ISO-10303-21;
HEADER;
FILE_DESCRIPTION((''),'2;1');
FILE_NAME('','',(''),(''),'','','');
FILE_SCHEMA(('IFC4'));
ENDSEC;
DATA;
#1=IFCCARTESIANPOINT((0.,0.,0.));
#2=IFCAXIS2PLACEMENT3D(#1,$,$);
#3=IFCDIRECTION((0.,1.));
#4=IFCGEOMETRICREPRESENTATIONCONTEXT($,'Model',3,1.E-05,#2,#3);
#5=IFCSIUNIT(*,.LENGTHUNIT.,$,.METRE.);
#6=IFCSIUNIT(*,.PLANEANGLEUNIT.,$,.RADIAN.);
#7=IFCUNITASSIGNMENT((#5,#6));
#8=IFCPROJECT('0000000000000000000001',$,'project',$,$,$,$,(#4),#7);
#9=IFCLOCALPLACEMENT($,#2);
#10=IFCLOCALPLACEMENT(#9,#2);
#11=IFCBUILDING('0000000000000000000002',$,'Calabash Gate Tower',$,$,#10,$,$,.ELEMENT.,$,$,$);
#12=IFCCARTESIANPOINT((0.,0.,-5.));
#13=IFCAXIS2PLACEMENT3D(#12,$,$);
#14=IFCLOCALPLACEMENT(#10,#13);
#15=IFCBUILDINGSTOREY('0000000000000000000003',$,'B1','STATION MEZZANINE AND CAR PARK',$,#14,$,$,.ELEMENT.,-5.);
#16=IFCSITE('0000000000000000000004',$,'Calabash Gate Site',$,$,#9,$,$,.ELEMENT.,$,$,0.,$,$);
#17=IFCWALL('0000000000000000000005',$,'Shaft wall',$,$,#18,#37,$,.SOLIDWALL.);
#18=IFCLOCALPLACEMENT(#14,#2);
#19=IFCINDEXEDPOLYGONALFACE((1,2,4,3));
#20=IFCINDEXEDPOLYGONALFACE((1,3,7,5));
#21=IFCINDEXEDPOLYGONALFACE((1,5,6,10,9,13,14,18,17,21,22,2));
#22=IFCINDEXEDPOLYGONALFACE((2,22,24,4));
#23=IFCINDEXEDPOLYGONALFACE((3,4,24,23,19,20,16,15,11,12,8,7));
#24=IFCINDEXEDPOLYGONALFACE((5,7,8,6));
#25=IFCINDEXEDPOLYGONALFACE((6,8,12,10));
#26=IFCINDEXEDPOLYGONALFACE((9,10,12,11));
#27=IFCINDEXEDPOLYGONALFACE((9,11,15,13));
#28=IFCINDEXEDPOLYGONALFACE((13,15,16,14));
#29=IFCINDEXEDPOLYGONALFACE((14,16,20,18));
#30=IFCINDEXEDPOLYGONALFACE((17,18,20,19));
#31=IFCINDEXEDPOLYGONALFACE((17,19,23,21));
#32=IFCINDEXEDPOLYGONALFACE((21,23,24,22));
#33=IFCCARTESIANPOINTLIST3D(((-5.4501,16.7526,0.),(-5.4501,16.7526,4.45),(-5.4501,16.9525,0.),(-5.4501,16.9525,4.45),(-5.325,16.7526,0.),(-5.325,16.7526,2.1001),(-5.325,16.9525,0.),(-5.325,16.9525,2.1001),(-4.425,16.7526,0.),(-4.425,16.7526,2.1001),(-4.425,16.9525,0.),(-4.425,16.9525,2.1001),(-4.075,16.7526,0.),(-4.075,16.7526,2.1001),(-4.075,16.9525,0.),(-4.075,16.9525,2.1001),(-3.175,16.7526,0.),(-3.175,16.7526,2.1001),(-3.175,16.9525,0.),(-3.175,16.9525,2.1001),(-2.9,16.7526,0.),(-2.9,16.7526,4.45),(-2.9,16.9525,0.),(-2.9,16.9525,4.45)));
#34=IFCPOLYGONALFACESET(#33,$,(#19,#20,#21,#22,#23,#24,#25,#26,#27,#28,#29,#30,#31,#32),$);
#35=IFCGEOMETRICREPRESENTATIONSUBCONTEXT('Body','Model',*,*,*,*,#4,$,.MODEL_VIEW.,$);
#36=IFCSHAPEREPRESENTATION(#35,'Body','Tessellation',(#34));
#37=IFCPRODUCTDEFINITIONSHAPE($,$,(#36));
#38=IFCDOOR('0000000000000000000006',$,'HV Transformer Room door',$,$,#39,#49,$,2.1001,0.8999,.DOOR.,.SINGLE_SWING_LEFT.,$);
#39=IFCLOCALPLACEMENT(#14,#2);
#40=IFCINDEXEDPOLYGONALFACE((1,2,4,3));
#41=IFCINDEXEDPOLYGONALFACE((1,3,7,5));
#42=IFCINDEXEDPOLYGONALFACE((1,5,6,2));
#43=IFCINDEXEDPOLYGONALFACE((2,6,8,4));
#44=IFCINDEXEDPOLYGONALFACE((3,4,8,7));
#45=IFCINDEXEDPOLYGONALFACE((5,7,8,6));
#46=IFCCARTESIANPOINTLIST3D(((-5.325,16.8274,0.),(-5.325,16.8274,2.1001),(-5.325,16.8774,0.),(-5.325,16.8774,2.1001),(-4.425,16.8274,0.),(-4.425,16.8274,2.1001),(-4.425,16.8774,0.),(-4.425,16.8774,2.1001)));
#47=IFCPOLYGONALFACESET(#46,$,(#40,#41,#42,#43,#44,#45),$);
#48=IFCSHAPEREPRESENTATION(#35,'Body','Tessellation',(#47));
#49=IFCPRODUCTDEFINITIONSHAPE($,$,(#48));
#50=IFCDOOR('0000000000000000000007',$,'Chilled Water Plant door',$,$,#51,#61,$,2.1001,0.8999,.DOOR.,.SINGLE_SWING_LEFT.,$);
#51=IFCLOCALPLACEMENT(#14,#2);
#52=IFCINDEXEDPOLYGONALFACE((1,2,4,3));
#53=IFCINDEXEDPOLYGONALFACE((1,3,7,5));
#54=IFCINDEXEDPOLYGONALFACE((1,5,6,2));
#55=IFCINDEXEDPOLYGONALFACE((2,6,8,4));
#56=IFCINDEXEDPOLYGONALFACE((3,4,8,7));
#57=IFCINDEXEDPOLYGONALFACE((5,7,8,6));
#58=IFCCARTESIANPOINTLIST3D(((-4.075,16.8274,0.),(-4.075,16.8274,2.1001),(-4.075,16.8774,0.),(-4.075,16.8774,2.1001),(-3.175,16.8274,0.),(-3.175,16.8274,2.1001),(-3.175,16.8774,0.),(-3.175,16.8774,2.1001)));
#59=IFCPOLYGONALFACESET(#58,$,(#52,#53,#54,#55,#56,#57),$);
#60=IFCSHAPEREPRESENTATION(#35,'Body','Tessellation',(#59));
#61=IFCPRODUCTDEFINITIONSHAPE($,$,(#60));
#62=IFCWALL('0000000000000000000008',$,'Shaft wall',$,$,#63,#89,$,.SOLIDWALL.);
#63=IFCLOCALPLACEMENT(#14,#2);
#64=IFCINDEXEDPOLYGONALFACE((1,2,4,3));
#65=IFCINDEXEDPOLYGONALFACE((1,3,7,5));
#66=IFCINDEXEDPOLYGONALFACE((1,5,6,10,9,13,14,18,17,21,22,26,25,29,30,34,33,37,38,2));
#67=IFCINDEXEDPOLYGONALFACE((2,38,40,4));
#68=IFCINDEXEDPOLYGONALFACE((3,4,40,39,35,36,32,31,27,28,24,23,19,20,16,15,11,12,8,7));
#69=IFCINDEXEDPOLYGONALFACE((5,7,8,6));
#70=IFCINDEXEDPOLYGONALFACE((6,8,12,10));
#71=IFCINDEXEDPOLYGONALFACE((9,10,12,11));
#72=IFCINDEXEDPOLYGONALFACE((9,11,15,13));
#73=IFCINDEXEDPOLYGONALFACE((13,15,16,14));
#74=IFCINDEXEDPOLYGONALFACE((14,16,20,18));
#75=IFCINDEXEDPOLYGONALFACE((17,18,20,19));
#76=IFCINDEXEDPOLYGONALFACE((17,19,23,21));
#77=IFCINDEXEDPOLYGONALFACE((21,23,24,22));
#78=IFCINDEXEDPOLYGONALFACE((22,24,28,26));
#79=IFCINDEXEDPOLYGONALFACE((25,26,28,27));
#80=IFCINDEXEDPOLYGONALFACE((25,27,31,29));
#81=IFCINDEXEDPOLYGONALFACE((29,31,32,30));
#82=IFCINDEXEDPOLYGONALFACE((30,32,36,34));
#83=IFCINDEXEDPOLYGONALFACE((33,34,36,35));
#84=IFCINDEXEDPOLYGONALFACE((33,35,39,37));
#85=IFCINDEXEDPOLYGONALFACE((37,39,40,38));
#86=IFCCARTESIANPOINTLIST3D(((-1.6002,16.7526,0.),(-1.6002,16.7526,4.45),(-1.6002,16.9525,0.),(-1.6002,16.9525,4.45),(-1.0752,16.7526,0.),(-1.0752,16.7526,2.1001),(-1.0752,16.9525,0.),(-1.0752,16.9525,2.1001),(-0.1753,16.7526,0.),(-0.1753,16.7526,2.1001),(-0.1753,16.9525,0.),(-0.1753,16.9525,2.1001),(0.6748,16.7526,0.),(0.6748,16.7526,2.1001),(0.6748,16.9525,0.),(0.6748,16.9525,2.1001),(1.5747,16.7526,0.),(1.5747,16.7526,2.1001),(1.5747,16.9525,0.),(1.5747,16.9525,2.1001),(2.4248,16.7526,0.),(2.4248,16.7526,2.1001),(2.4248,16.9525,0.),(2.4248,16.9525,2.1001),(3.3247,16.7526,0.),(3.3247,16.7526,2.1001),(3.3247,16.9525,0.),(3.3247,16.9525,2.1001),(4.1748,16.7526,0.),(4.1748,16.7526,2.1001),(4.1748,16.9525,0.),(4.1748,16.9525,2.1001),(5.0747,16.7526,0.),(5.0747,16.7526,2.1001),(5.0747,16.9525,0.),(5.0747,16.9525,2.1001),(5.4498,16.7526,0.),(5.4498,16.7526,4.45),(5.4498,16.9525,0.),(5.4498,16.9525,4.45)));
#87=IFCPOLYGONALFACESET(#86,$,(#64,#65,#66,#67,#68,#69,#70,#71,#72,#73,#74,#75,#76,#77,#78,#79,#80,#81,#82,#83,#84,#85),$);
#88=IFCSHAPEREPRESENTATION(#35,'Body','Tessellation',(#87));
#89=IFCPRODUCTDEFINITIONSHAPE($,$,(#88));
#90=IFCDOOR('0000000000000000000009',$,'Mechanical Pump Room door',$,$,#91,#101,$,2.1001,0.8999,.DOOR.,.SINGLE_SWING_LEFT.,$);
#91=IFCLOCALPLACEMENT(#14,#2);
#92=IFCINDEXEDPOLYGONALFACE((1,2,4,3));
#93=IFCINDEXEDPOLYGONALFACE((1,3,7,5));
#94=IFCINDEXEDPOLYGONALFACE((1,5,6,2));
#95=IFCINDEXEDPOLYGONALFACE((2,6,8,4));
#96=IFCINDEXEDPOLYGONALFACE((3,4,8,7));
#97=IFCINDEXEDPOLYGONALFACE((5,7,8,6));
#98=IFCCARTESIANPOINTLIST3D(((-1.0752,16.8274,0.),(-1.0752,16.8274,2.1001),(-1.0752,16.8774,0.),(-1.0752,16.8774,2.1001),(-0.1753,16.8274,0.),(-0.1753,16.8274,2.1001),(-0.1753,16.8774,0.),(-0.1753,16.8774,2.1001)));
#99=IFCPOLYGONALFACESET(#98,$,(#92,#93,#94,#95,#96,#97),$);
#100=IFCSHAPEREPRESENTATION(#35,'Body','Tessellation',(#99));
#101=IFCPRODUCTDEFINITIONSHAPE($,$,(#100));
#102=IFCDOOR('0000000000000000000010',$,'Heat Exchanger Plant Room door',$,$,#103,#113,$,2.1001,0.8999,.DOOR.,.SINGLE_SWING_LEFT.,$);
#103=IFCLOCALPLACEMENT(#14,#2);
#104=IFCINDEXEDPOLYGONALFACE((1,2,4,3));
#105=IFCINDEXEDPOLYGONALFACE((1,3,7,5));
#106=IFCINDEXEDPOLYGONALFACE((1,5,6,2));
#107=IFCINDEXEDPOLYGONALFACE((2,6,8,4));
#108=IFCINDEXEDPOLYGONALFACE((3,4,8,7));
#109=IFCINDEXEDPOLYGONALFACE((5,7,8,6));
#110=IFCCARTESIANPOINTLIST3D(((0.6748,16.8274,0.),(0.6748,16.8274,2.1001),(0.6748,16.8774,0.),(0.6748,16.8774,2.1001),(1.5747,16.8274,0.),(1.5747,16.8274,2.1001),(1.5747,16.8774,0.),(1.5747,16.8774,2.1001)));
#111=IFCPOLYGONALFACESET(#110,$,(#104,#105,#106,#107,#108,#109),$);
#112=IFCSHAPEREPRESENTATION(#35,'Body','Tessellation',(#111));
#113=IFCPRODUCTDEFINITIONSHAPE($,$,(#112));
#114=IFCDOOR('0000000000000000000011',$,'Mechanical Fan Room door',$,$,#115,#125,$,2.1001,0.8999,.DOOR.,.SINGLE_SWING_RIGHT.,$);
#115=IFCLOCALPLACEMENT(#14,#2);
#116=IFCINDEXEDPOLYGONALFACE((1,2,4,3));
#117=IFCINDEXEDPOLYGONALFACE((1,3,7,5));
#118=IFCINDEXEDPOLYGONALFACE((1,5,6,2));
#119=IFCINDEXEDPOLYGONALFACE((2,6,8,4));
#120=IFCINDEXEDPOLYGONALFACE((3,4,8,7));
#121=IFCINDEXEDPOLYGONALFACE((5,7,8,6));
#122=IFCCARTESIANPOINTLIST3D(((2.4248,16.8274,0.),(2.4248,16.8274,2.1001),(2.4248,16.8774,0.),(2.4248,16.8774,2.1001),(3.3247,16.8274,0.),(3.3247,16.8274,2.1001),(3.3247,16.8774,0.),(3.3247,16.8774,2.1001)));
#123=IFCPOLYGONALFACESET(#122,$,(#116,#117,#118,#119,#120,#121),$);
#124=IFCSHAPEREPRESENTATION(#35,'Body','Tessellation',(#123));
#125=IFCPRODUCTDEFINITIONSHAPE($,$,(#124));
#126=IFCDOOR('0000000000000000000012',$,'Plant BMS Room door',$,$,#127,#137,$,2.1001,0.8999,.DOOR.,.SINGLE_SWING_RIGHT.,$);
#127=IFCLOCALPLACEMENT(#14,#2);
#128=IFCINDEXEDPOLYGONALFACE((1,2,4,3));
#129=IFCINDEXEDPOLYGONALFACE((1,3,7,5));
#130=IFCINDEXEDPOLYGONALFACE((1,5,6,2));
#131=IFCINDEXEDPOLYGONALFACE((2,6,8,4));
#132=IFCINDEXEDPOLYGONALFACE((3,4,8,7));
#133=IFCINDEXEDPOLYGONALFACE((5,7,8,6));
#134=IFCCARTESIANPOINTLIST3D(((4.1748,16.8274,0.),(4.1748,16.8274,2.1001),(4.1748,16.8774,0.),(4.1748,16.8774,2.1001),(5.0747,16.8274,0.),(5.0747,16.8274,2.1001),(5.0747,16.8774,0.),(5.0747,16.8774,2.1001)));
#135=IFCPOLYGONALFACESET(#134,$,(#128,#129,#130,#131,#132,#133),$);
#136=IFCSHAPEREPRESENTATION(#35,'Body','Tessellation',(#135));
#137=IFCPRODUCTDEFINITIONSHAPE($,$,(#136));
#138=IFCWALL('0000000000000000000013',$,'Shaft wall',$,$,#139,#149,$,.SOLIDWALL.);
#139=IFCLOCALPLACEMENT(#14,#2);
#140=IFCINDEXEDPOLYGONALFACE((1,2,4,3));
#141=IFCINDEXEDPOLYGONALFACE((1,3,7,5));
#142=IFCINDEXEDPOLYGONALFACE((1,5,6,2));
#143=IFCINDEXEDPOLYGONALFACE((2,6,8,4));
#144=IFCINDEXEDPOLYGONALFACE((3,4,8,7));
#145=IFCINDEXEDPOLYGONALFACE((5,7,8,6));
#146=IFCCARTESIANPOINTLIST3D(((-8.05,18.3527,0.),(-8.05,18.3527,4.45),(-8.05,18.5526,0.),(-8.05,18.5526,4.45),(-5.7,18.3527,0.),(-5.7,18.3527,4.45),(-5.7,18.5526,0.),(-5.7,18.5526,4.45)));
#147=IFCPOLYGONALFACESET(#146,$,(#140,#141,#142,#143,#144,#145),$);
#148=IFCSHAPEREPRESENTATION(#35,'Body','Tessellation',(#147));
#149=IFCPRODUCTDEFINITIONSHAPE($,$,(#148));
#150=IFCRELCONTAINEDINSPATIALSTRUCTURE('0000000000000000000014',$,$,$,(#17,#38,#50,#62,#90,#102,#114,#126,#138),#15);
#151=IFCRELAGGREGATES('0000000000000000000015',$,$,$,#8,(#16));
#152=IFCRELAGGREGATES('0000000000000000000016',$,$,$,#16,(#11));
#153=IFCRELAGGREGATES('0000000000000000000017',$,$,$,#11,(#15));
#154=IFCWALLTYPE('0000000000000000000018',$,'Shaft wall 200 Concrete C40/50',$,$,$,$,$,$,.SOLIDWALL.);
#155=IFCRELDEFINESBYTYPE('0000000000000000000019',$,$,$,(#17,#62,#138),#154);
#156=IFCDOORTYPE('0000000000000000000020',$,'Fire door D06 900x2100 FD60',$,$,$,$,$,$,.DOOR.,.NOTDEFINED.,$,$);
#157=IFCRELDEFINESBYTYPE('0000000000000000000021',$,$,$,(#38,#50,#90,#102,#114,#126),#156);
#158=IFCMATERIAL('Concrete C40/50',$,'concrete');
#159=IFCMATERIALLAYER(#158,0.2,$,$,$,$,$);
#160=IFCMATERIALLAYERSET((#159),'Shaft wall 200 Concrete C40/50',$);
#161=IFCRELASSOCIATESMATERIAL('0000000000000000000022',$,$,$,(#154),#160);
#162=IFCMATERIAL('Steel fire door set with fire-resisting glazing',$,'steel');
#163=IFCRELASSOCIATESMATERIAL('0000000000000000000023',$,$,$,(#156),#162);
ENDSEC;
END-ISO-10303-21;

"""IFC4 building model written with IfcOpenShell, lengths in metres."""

from ifc_helpers import new_model, si_unit, direction, frame, frame_2d, origin, place, context, subcontext, project, spatial, rectangle, extrude, material, layer, layer_set, type_object, element, fill, save


model = new_model("IFC4")

# Units and contexts
model_context = context("Model", 3, precision=1e-05, world=origin(), true_north=direction((0.0, 1.0)))
body_context = subcontext(model_context, "Body", "Model", "MODEL_VIEW")
ifc_project = project(units=[si_unit("LENGTHUNIT", "METRE"), si_unit("PLANEANGLEUNIT", "RADIAN")], contexts=[model_context])

# Site, building, storey
site_placement = place(None, origin())
site = spatial("IfcSite", under=ifc_project, at=site_placement, Name="Calabash Gate Site", CompositionType="ELEMENT", RefElevation=0.0)
building_placement = place(site_placement, origin())
building = spatial("IfcBuilding", under=site, at=building_placement, Name="Calabash Gate Tower", CompositionType="ELEMENT")
storey_placement = place(building_placement, frame((0.0, 0.0, -5.0)))
storey = spatial("IfcBuildingStorey", under=building, at=storey_placement, Name="B1", Description="STATION MEZZANINE AND CAR PARK", CompositionType="ELEMENT", Elevation=-5.0)

# Shared definitions
ifc_material_1 = material(Name="Concrete C40/50", Category="concrete")
ifc_layer_1 = layer(ifc_material_1, 0.2)
ifc_layer_set_1 = layer_set([ifc_layer_1], Name="Shaft wall 200 Concrete C40/50")
wall_type_1 = type_object("IfcWallType", Name="Shaft wall 200 Concrete C40/50", PredefinedType="SOLIDWALL", material=ifc_layer_set_1)

# Walls, openings, doors
wall_1_placement = place(storey_placement, frame((-5.45, 16.8525, 0.0), z_axis=(0.0, 0.0, 1.0), x_axis=(1.0, 0.0, 0.0)))
wall_1 = element("IfcWall", 1, at=wall_1_placement, inside=storey, type_object=wall_type_1, Name="Shaft wall", PredefinedType="SOLIDWALL", context=body_context, shape_type="SweptSolid", body=[
    extrude(rectangle(XDim=2.55, YDim=0.2, at=frame_2d((1.2749, 0.0))), origin(), (0.0, 0.0, 1.0), 4.45),
])
opening_1_placement = place(wall_1_placement, frame((0.125, 0.0, 0.0)))
opening_1 = element("IfcOpeningElement", 2, at=opening_1_placement, cuts=wall_1, PredefinedType="OPENING", context=body_context, shape_type="SweptSolid", body=[
    extrude(rectangle(XDim=0.8999, YDim=2.1001, at=frame_2d((0.45, 1.05))), frame((0.0, 0.1099, 0.0), z_axis=(0.0, -1.0, 0.0), x_axis=(1.0, 0.0, 0.0)), (0.0, 0.0, 1.0), 0.22),
])
opening_2_placement = place(wall_1_placement, frame((1.375, 0.0, 0.0)))
opening_2 = element("IfcOpeningElement", 3, at=opening_2_placement, cuts=wall_1, PredefinedType="OPENING", context=body_context, shape_type="SweptSolid", body=[
    extrude(rectangle(XDim=0.8999, YDim=2.1001, at=frame_2d((0.45, 1.05))), frame((0.0, 0.1099, 0.0), z_axis=(0.0, -1.0, 0.0), x_axis=(1.0, 0.0, 0.0)), (0.0, 0.0, 1.0), 0.22),
])
ifc_material_2 = material(Name="Steel fire door set with fire-resisting glazing", Category="steel")
door_type_1 = type_object("IfcDoorType", Name="Fire door D06 900x2100 FD60", OperationType="NOTDEFINED", PredefinedType="DOOR", material=ifc_material_2)
door_1_placement = place(opening_1_placement, origin())
door_1 = element("IfcDoor", 4, at=door_1_placement, inside=storey, type_object=door_type_1, Name="HV Transformer Room door", OperationType="SINGLE_SWING_LEFT", OverallHeight=2.1001, OverallWidth=0.8999, PredefinedType="DOOR", context=body_context, shape_type="SweptSolid", body=[
    extrude(rectangle(XDim=0.8999, YDim=2.1001, at=frame_2d((0.45, 1.05))), frame((0.0, 0.0249, 0.0), z_axis=(0.0, -1.0, 0.0), x_axis=(1.0, 0.0, 0.0)), (0.0, 0.0, 1.0), 0.05),
])
fill(opening_1, door_1)
door_2_placement = place(opening_2_placement, origin())
door_2 = element("IfcDoor", 5, at=door_2_placement, inside=storey, type_object=door_type_1, Name="Chilled Water Plant door", OperationType="SINGLE_SWING_LEFT", OverallHeight=2.1001, OverallWidth=0.8999, PredefinedType="DOOR", context=body_context, shape_type="SweptSolid", body=[
    extrude(rectangle(XDim=0.8999, YDim=2.1001, at=frame_2d((0.45, 1.05))), frame((0.0, 0.0249, 0.0), z_axis=(0.0, -1.0, 0.0), x_axis=(1.0, 0.0, 0.0)), (0.0, 0.0, 1.0), 0.05),
])
fill(opening_2, door_2)
wall_2_placement = place(storey_placement, frame((-1.6001, 16.8525, 0.0), z_axis=(0.0, 0.0, 1.0), x_axis=(1.0, 0.0, 0.0)))
wall_2 = element("IfcWall", 6, at=wall_2_placement, inside=storey, type_object=wall_type_1, Name="Shaft wall", PredefinedType="SOLIDWALL", context=body_context, shape_type="SweptSolid", body=[
    extrude(rectangle(XDim=7.05, YDim=0.2, at=frame_2d((3.5249, 0.0))), origin(), (0.0, 0.0, 1.0), 4.45),
])
opening_3_placement = place(wall_2_placement, frame((0.5249, 0.0, 0.0)))
opening_3 = element("IfcOpeningElement", 7, at=opening_3_placement, cuts=wall_2, PredefinedType="OPENING", context=body_context, shape_type="SweptSolid", body=[
    extrude(rectangle(XDim=0.8999, YDim=2.1001, at=frame_2d((0.45, 1.05))), frame((0.0, 0.1099, 0.0), z_axis=(0.0, -1.0, 0.0), x_axis=(1.0, 0.0, 0.0)), (0.0, 0.0, 1.0), 0.22),
])
opening_4_placement = place(wall_2_placement, frame((2.2749, 0.0, 0.0)))
opening_4 = element("IfcOpeningElement", 8, at=opening_4_placement, cuts=wall_2, PredefinedType="OPENING", context=body_context, shape_type="SweptSolid", body=[
    extrude(rectangle(XDim=0.8999, YDim=2.1001, at=frame_2d((0.45, 1.05))), frame((0.0, 0.1099, 0.0), z_axis=(0.0, -1.0, 0.0), x_axis=(1.0, 0.0, 0.0)), (0.0, 0.0, 1.0), 0.22),
])
opening_5_placement = place(wall_2_placement, frame((4.0249, 0.0, 0.0)))
opening_5 = element("IfcOpeningElement", 9, at=opening_5_placement, cuts=wall_2, PredefinedType="OPENING", context=body_context, shape_type="SweptSolid", body=[
    extrude(rectangle(XDim=0.8999, YDim=2.1001, at=frame_2d((0.45, 1.05))), frame((0.0, 0.1099, 0.0), z_axis=(0.0, -1.0, 0.0), x_axis=(1.0, 0.0, 0.0)), (0.0, 0.0, 1.0), 0.22),
])
opening_6_placement = place(wall_2_placement, frame((5.7749, 0.0, 0.0)))
opening_6 = element("IfcOpeningElement", 10, at=opening_6_placement, cuts=wall_2, PredefinedType="OPENING", context=body_context, shape_type="SweptSolid", body=[
    extrude(rectangle(XDim=0.8999, YDim=2.1001, at=frame_2d((0.45, 1.05))), frame((0.0, 0.1099, 0.0), z_axis=(0.0, -1.0, 0.0), x_axis=(1.0, 0.0, 0.0)), (0.0, 0.0, 1.0), 0.22),
])
door_3_placement = place(opening_3_placement, origin())
door_3 = element("IfcDoor", 11, at=door_3_placement, inside=storey, type_object=door_type_1, Name="Mechanical Pump Room door", OperationType="SINGLE_SWING_LEFT", OverallHeight=2.1001, OverallWidth=0.8999, PredefinedType="DOOR", context=body_context, shape_type="SweptSolid", body=[
    extrude(rectangle(XDim=0.8999, YDim=2.1001, at=frame_2d((0.45, 1.05))), frame((0.0, 0.0249, 0.0), z_axis=(0.0, -1.0, 0.0), x_axis=(1.0, 0.0, 0.0)), (0.0, 0.0, 1.0), 0.05),
])
fill(opening_3, door_3)
door_4_placement = place(opening_4_placement, origin())
door_4 = element("IfcDoor", 12, at=door_4_placement, inside=storey, type_object=door_type_1, Name="Heat Exchanger Plant Room door", OperationType="SINGLE_SWING_LEFT", OverallHeight=2.1001, OverallWidth=0.8999, PredefinedType="DOOR", context=body_context, shape_type="SweptSolid", body=[
    extrude(rectangle(XDim=0.8999, YDim=2.1001, at=frame_2d((0.45, 1.05))), frame((0.0, 0.0249, 0.0), z_axis=(0.0, -1.0, 0.0), x_axis=(1.0, 0.0, 0.0)), (0.0, 0.0, 1.0), 0.05),
])
fill(opening_4, door_4)
door_5_placement = place(opening_5_placement, origin())
door_5 = element("IfcDoor", 13, at=door_5_placement, inside=storey, type_object=door_type_1, Name="Mechanical Fan Room door", OperationType="SINGLE_SWING_RIGHT", OverallHeight=2.1001, OverallWidth=0.8999, PredefinedType="DOOR", context=body_context, shape_type="SweptSolid", body=[
    extrude(rectangle(XDim=0.8999, YDim=2.1001, at=frame_2d((0.45, 1.05))), frame((0.0, 0.0249, 0.0), z_axis=(0.0, -1.0, 0.0), x_axis=(1.0, 0.0, 0.0)), (0.0, 0.0, 1.0), 0.05),
])
fill(opening_5, door_5)
door_6_placement = place(opening_6_placement, origin())
door_6 = element("IfcDoor", 14, at=door_6_placement, inside=storey, type_object=door_type_1, Name="Plant BMS Room door", OperationType="SINGLE_SWING_RIGHT", OverallHeight=2.1001, OverallWidth=0.8999, PredefinedType="DOOR", context=body_context, shape_type="SweptSolid", body=[
    extrude(rectangle(XDim=0.8999, YDim=2.1001, at=frame_2d((0.45, 1.05))), frame((0.0, 0.0249, 0.0), z_axis=(0.0, -1.0, 0.0), x_axis=(1.0, 0.0, 0.0)), (0.0, 0.0, 1.0), 0.05),
])
fill(opening_6, door_6)

# Wall
wall_3_placement = place(storey_placement, frame((-8.05, 18.4526, 0.0), z_axis=(0.0, 0.0, 1.0), x_axis=(1.0, 0.0, 0.0)))
element("IfcWall", 15, at=wall_3_placement, inside=storey, type_object=wall_type_1, Name="Shaft wall", PredefinedType="SOLIDWALL", context=body_context, shape_type="SweptSolid", body=[
    extrude(rectangle(XDim=2.3501, YDim=0.2, at=frame_2d((1.175, 0.0))), origin(), (0.0, 0.0, 1.0), 4.45),
])

save(model, "model.ifc")
